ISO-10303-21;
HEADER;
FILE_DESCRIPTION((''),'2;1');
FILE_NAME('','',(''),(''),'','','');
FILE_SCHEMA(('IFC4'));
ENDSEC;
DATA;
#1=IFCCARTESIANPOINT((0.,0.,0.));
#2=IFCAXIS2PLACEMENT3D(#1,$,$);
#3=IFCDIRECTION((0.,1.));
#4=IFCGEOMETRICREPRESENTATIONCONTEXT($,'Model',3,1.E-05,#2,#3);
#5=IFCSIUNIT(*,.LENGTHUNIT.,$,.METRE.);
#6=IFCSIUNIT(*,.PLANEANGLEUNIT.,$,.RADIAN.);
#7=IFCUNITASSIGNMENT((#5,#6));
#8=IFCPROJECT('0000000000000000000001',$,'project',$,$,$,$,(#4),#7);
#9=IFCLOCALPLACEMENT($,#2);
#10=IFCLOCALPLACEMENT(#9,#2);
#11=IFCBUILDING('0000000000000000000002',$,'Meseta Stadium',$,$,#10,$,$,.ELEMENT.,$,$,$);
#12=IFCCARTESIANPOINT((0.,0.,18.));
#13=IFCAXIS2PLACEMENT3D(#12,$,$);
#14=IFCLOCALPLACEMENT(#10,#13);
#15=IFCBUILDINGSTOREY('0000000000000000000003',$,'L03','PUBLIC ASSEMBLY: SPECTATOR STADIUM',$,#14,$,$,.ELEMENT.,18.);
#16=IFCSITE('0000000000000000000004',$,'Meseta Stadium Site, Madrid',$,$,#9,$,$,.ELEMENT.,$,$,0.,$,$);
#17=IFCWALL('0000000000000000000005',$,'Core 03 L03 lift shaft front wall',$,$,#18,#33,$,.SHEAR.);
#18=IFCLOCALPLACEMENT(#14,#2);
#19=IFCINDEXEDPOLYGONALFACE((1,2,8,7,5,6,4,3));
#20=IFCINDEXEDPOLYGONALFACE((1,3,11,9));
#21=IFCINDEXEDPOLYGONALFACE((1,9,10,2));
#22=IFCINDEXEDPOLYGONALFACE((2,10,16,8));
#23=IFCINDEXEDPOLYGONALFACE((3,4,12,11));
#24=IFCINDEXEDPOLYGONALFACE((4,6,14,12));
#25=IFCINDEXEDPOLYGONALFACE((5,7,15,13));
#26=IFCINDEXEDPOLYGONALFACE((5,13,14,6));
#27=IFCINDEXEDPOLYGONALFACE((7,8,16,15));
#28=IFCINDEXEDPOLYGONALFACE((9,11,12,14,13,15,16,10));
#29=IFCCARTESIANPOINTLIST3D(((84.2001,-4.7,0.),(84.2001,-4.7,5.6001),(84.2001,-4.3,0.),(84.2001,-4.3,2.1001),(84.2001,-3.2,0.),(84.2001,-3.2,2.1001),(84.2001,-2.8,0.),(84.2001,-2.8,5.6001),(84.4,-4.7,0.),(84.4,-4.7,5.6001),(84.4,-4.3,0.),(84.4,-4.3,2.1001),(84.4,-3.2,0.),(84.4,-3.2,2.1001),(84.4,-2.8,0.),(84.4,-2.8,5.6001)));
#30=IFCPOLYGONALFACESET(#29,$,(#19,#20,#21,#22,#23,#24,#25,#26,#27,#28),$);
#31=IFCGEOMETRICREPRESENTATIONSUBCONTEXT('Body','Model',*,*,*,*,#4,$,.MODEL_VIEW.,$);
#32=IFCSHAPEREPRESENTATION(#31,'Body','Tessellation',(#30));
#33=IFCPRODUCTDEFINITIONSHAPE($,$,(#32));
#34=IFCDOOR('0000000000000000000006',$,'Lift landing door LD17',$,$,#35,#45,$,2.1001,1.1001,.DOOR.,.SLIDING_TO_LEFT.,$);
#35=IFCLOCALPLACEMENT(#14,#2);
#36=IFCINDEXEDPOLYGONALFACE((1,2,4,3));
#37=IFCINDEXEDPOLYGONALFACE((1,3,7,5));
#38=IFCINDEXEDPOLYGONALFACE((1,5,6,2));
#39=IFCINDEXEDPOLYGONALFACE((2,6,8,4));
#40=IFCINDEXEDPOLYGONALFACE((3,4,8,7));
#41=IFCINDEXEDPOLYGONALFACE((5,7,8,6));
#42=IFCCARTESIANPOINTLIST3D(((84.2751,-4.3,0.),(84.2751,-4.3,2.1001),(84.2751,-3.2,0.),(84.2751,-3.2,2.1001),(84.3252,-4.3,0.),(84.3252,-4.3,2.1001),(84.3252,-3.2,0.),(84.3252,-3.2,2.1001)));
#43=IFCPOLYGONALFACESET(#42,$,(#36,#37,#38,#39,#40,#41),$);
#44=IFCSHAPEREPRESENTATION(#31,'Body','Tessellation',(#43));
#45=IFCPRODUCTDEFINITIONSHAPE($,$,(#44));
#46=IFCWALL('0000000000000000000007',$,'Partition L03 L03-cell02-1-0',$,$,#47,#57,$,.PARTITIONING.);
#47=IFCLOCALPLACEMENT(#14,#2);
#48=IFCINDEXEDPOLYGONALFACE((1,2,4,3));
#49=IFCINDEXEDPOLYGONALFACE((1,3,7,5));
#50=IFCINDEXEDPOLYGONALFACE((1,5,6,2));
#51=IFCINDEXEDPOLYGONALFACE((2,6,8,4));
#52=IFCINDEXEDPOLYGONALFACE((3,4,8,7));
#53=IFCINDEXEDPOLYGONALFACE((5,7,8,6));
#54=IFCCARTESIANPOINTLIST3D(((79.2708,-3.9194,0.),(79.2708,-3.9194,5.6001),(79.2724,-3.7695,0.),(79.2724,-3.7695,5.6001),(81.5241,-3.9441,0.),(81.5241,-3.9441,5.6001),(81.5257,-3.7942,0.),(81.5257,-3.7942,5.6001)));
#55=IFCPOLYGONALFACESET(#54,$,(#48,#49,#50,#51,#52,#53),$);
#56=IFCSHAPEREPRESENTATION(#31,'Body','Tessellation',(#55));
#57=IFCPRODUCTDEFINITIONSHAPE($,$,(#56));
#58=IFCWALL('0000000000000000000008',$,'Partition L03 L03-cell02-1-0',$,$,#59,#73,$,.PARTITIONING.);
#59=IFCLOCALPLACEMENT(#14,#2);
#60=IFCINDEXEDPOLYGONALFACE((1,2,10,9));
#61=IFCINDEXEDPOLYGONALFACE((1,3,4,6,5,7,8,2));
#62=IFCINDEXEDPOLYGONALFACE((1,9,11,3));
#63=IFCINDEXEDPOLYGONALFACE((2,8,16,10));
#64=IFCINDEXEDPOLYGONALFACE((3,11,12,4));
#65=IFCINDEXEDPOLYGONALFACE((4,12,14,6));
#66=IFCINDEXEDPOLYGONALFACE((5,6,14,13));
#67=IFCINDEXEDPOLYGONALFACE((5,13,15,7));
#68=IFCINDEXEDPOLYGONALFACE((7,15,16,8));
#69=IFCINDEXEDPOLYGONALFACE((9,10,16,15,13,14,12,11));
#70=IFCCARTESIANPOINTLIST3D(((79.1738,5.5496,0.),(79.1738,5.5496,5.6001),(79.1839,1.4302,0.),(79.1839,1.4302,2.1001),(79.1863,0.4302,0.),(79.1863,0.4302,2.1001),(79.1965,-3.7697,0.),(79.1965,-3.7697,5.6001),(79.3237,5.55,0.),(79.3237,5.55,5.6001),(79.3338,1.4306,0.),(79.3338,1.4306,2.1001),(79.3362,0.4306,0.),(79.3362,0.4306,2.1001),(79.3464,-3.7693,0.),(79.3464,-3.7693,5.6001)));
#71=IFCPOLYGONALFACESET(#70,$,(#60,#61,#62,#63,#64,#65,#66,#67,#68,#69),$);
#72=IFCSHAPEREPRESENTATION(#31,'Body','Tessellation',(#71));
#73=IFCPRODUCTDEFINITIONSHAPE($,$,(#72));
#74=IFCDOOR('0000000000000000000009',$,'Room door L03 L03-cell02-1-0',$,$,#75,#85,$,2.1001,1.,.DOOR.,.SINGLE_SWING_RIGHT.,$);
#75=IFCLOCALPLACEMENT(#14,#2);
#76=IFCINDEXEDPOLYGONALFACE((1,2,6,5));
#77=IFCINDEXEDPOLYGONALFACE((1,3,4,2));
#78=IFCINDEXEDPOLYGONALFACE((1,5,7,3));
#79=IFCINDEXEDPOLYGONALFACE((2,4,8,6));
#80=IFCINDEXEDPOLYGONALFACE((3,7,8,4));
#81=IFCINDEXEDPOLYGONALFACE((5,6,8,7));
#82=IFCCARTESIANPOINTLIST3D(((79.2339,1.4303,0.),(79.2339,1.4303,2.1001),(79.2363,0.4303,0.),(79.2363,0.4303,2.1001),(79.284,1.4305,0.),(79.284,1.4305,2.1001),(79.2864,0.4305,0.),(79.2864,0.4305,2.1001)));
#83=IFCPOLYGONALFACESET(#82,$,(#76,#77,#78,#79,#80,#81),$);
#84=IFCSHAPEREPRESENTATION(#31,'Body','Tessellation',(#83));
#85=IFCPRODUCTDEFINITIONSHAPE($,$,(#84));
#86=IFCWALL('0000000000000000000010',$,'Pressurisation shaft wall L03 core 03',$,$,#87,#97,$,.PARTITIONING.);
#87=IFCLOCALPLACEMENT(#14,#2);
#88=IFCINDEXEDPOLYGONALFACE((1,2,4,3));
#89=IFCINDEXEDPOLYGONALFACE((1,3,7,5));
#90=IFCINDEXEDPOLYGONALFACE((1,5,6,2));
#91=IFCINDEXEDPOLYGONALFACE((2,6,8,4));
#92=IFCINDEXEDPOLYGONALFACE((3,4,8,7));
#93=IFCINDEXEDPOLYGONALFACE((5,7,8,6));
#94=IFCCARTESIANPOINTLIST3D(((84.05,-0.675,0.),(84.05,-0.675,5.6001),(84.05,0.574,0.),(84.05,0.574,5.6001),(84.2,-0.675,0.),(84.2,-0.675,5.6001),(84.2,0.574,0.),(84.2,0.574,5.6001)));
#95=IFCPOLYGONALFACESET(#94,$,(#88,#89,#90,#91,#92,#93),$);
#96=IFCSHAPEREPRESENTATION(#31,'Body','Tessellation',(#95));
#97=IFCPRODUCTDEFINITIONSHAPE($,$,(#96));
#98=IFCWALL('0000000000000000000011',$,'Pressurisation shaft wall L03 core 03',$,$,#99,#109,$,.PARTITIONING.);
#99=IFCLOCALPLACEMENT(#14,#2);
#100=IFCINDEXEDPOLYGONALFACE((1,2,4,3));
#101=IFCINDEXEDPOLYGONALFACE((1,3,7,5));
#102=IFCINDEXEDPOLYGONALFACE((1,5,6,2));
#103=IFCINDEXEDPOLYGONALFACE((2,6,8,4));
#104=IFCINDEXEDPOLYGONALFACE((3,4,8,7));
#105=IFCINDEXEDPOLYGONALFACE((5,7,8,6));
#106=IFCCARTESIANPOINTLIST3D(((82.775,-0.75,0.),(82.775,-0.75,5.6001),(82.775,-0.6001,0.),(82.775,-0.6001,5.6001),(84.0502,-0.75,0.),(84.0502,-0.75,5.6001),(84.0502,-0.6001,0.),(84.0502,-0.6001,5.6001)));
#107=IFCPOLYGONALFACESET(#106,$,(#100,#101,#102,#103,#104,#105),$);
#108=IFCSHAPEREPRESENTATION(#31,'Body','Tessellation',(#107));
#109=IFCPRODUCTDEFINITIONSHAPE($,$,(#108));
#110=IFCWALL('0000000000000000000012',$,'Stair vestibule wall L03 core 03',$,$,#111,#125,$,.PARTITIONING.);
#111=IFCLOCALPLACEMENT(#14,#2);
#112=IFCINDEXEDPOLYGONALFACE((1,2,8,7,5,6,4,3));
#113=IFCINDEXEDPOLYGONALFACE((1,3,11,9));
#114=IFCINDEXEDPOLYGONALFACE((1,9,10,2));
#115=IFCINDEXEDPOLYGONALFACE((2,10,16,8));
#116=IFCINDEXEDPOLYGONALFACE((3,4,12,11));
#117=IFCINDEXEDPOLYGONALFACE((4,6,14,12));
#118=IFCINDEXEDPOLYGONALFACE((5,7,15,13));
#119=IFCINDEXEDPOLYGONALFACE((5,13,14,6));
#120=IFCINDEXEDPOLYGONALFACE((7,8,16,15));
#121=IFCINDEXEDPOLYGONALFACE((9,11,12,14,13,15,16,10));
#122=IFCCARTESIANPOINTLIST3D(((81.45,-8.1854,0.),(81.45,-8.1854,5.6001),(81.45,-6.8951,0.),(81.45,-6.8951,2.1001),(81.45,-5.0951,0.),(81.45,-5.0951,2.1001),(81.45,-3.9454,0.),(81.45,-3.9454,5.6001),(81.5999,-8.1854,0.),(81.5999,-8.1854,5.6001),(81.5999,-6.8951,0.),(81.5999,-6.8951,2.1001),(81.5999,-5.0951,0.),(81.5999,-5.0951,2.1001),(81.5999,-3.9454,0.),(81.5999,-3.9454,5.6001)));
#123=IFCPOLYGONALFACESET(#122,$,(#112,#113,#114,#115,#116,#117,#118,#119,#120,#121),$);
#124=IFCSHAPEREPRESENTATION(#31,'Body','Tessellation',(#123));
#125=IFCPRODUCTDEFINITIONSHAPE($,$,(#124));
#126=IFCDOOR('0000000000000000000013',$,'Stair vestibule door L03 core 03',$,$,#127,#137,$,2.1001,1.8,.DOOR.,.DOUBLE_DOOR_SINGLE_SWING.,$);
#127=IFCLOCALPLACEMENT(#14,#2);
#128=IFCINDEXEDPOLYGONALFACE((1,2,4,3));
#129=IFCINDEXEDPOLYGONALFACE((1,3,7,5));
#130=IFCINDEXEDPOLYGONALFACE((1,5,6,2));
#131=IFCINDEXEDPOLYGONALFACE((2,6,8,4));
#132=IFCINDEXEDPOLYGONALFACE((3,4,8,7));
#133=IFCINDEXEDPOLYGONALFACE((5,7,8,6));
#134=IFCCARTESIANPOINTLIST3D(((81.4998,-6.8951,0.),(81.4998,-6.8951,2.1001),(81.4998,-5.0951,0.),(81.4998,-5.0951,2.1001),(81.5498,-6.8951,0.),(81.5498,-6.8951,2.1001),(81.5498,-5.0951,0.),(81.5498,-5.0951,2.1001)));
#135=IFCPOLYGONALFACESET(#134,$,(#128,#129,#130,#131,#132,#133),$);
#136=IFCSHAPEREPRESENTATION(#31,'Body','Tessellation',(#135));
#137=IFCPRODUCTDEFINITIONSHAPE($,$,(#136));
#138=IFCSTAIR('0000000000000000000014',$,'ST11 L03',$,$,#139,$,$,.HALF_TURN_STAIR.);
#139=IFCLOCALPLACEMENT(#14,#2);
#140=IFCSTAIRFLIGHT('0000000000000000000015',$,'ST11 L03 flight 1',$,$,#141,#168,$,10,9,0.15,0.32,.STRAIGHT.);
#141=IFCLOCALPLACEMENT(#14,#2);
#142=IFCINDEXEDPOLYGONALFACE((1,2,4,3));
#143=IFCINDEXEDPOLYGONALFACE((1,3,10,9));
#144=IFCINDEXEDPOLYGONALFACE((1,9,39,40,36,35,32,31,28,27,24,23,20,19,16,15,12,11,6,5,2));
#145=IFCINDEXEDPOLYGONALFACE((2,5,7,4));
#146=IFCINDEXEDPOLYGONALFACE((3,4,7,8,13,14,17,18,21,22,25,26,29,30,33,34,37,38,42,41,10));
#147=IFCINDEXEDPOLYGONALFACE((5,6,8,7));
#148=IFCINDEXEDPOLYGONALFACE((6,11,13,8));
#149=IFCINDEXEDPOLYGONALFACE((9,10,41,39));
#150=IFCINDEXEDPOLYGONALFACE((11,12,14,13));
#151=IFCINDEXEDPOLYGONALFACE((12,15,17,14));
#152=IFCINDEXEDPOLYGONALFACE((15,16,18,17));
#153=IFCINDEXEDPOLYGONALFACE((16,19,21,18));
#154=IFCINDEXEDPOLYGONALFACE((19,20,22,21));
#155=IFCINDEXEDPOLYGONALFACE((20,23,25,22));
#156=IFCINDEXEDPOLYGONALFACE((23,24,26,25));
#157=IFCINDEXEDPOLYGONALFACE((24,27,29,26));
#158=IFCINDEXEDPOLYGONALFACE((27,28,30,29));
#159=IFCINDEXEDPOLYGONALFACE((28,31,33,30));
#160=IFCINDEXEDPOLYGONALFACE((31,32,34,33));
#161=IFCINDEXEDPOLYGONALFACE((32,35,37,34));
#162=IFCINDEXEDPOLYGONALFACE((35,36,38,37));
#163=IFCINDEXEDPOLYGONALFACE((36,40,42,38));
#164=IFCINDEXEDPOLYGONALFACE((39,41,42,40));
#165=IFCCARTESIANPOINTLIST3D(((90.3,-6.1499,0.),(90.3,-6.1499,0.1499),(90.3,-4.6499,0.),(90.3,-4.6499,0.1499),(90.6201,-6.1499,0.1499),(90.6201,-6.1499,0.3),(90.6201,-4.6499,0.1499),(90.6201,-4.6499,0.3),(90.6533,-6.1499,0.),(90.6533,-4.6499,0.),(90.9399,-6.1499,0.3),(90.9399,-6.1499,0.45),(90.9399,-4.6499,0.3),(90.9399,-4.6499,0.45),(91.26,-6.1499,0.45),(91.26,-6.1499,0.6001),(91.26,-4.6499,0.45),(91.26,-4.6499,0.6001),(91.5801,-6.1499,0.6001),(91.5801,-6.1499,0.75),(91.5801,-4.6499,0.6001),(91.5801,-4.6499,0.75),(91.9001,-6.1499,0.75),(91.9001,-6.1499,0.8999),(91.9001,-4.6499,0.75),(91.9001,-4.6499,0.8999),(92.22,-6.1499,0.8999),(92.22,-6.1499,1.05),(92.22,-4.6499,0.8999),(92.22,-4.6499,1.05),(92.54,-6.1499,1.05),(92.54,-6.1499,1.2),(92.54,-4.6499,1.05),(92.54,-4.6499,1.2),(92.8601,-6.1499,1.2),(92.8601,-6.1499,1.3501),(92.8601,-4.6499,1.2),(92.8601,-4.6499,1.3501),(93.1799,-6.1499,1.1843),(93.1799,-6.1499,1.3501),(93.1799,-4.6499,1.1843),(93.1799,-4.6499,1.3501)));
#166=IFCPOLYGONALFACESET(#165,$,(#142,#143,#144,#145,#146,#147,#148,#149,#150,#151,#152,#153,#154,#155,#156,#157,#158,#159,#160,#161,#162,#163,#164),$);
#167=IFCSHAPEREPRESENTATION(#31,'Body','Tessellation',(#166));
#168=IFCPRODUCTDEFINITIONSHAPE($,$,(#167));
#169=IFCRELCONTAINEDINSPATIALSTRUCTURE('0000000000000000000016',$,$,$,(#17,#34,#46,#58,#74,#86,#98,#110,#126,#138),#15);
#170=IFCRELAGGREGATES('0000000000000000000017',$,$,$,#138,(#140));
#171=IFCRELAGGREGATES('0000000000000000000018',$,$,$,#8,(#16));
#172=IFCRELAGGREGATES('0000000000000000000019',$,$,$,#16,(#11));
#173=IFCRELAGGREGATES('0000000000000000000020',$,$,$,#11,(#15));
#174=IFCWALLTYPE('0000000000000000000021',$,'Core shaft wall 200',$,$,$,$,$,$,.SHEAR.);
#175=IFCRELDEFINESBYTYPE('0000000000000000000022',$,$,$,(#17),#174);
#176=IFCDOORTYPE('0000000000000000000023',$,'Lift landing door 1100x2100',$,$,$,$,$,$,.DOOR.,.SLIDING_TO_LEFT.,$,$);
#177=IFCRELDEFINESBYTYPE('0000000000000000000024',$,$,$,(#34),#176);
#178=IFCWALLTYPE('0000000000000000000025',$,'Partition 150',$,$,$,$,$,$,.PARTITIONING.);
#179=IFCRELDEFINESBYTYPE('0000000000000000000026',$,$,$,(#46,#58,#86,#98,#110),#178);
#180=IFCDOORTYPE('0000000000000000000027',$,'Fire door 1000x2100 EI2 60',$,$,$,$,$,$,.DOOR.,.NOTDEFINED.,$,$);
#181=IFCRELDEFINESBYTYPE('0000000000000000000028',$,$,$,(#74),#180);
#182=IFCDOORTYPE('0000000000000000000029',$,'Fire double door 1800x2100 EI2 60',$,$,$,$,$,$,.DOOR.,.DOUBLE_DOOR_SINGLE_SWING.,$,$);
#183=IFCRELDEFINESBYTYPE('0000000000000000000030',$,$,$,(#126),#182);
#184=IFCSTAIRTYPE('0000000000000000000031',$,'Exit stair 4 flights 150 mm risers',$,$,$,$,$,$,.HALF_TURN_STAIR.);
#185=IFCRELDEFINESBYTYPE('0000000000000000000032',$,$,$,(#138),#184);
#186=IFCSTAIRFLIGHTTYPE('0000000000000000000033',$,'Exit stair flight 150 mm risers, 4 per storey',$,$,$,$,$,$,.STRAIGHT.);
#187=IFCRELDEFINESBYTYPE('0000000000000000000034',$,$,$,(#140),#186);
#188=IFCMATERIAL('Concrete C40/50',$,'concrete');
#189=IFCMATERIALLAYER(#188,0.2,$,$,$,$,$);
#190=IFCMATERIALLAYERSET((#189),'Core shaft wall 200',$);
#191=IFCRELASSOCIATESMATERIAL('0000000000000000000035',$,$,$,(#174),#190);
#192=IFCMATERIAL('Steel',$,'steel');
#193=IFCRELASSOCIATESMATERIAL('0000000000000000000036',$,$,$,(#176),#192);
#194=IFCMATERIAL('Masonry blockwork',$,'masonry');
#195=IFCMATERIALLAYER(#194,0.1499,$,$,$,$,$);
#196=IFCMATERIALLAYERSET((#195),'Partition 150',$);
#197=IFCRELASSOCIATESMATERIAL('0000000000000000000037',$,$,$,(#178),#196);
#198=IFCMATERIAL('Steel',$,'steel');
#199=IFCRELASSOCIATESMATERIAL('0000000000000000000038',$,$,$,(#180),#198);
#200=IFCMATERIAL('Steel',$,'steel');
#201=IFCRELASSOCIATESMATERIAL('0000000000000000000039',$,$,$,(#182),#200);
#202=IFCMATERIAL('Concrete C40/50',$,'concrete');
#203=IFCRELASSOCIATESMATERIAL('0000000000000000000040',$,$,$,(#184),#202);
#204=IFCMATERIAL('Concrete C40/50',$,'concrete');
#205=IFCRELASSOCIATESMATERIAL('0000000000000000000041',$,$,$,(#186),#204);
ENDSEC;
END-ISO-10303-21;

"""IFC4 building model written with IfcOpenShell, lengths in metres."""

from ifc_helpers import new_model, si_unit, direction, frame, frame_2d, origin, place, context, subcontext, project, spatial, polyline, rectangle, outline, extrude, material, layer, layer_set, type_object, element, fill, aggregate, save


model = new_model("IFC4")

# Units and contexts
model_context = context("Model", 3, precision=1e-05, world=origin(), true_north=direction((0.0, 1.0)))
body_context = subcontext(model_context, "Body", "Model", "MODEL_VIEW")
ifc_project = project(units=[si_unit("LENGTHUNIT", "METRE"), si_unit("PLANEANGLEUNIT", "RADIAN")], contexts=[model_context])

# Site, building, storey
site_placement = place(None, origin())
site = spatial("IfcSite", under=ifc_project, at=site_placement, Name="Meseta Stadium Site, Madrid", CompositionType="ELEMENT", RefElevation=0.0)
building_placement = place(site_placement, origin())
building = spatial("IfcBuilding", under=site, at=building_placement, Name="Meseta Stadium", CompositionType="ELEMENT")
storey_placement = place(building_placement, frame((0.0, 0.0, 18.0)))
storey = spatial("IfcBuildingStorey", under=building, at=storey_placement, Name="L03", Description="PUBLIC ASSEMBLY: SPECTATOR STADIUM", CompositionType="ELEMENT", Elevation=18.0)

# Shared definitions
ifc_material_1 = material(Name="Concrete C40/50", Category="concrete")
ifc_layer_1 = layer(ifc_material_1, 0.2)
ifc_layer_set_1 = layer_set([ifc_layer_1], Name="Core shaft wall 200")
wall_type_1 = type_object("IfcWallType", Name="Core shaft wall 200", PredefinedType="SHEAR", material=ifc_layer_set_1)

# Wall, opening, door
wall_1_placement = place(storey_placement, frame((84.3, -4.7, 0.0), z_axis=(0.0, 0.0, 1.0), x_axis=(0.0, 1.0, 0.0)))
wall_1 = element("IfcWall", 1, at=wall_1_placement, inside=storey, type_object=wall_type_1, Name="Core 03 L03 lift shaft front wall", PredefinedType="SHEAR", context=body_context, shape_type="SweptSolid", body=[
    extrude(rectangle(XDim=1.8999, YDim=0.2, at=frame_2d((0.95, 0.0))), origin(), (0.0, 0.0, 1.0), 5.6001),
])
opening_1_placement = place(wall_1_placement, frame((0.3999, 0.0, 0.0)))
opening_1 = element("IfcOpeningElement", 2, at=opening_1_placement, cuts=wall_1, PredefinedType="OPENING", context=body_context, shape_type="SweptSolid", body=[
    extrude(rectangle(XDim=1.1001, YDim=2.1001, at=frame_2d((0.55, 1.05))), frame((0.0, 0.1099, 0.0), z_axis=(0.0, -1.0, 0.0), x_axis=(1.0, 0.0, 0.0)), (0.0, 0.0, 1.0), 0.22),
])
ifc_material_2 = material(Name="Steel", Category="steel")
door_type_1 = type_object("IfcDoorType", Name="Lift landing door 1100x2100", OperationType="SLIDING_TO_LEFT", PredefinedType="DOOR", material=ifc_material_2)
door_1_placement = place(opening_1_placement, origin())
door_1 = element("IfcDoor", 3, at=door_1_placement, inside=storey, type_object=door_type_1, Name="Lift landing door LD17", OperationType="SLIDING_TO_LEFT", OverallHeight=2.1001, OverallWidth=1.1001, PredefinedType="DOOR", context=body_context, shape_type="SweptSolid", body=[
    extrude(rectangle(XDim=1.1001, YDim=2.1001, at=frame_2d((0.55, 1.05))), frame((0.0, 0.0249, 0.0), z_axis=(0.0, -1.0, 0.0), x_axis=(1.0, 0.0, 0.0)), (0.0, 0.0, 1.0), 0.05),
])
fill(opening_1, door_1)

# Wall
ifc_material_3 = material(Name="Masonry blockwork", Category="masonry")
ifc_layer_2 = layer(ifc_material_3, 0.1499)
ifc_layer_set_2 = layer_set([ifc_layer_2], Name="Partition 150")
wall_type_2 = type_object("IfcWallType", Name="Partition 150", PredefinedType="PARTITIONING", material=ifc_layer_set_2)
wall_2_placement = place(storey_placement, frame((81.5249, -3.8691, 0.0), z_axis=(0.0, 0.0, 1.0), x_axis=(-0.99994, 0.010943, 0.0)))
element("IfcWall", 4, at=wall_2_placement, inside=storey, type_object=wall_type_2, Name="Partition L03 L03-cell02-1-0", PredefinedType="PARTITIONING", context=body_context, shape_type="SweptSolid", body=[
    extrude(rectangle(XDim=2.2534, YDim=0.1499, at=frame_2d((1.1267, 0.0))), origin(), (0.0, 0.0, 1.0), 5.6001),
])

# Wall, opening, door
wall_3_placement = place(storey_placement, frame((79.2715, -3.7695, 0.0), z_axis=(0.0, 0.0, 1.0), x_axis=(-0.002436, 0.999997, 0.0)))
wall_3 = element("IfcWall", 5, at=wall_3_placement, inside=storey, type_object=wall_type_2, Name="Partition L03 L03-cell02-1-0", PredefinedType="PARTITIONING", context=body_context, shape_type="SweptSolid", body=[
    extrude(rectangle(XDim=9.3193, YDim=0.1499, at=frame_2d((4.6597, 0.0))), origin(), (0.0, 0.0, 1.0), 5.6001),
])
opening_2_placement = place(wall_3_placement, frame((4.2, 0.0, 0.0)))
opening_2 = element("IfcOpeningElement", 6, at=opening_2_placement, cuts=wall_3, PredefinedType="OPENING", context=body_context, shape_type="SweptSolid", body=[
    extrude(rectangle(XDim=1.0, YDim=2.1001, at=frame_2d((0.5, 1.05))), frame((0.0, 0.085, 0.0), z_axis=(0.0, -1.0, 0.0), x_axis=(1.0, 0.0, 0.0)), (0.0, 0.0, 1.0), 0.1699),
])
ifc_material_4 = material(Name="Steel", Category="steel")
door_type_2 = type_object("IfcDoorType", Name="Fire door 1000x2100 EI2 60", OperationType="NOTDEFINED", PredefinedType="DOOR", material=ifc_material_4)
door_2_placement = place(opening_2_placement, origin())
door_2 = element("IfcDoor", 7, at=door_2_placement, inside=storey, type_object=door_type_2, Name="Room door L03 L03-cell02-1-0", OperationType="SINGLE_SWING_RIGHT", OverallHeight=2.1001, OverallWidth=1.0, PredefinedType="DOOR", context=body_context, shape_type="SweptSolid", body=[
    extrude(rectangle(XDim=1.0, YDim=2.1001, at=frame_2d((0.5, 1.05))), frame((0.0, 0.0249, 0.0), z_axis=(0.0, -1.0, 0.0), x_axis=(1.0, 0.0, 0.0)), (0.0, 0.0, 1.0), 0.05),
])
fill(opening_2, door_2)

# Walls
wall_4_placement = place(storey_placement, frame((84.125, -0.675, 0.0), z_axis=(0.0, 0.0, 1.0), x_axis=(0.0, 1.0, 0.0)))
element("IfcWall", 8, at=wall_4_placement, inside=storey, type_object=wall_type_2, Name="Pressurisation shaft wall L03 core 03", PredefinedType="PARTITIONING", context=body_context, shape_type="SweptSolid", body=[
    extrude(rectangle(XDim=1.249, YDim=0.1499, at=frame_2d((0.6245, 0.0))), origin(), (0.0, 0.0, 1.0), 5.6001),
])
wall_5_placement = place(storey_placement, frame((82.7749, -0.675, 0.0), z_axis=(0.0, 0.0, 1.0), x_axis=(1.0, 0.0, 0.0)))
element("IfcWall", 9, at=wall_5_placement, inside=storey, type_object=wall_type_2, Name="Pressurisation shaft wall L03 core 03", PredefinedType="PARTITIONING", context=body_context, shape_type="SweptSolid", body=[
    extrude(rectangle(XDim=1.2751, YDim=0.1499, at=frame_2d((0.6377, 0.0))), origin(), (0.0, 0.0, 1.0), 5.6001),
])

# Wall, opening, door
wall_6_placement = place(storey_placement, frame((81.5249, -3.9453, 0.0), z_axis=(0.0, 0.0, 1.0), x_axis=(0.0, -1.0, 0.0)))
wall_6 = element("IfcWall", 10, at=wall_6_placement, inside=storey, type_object=wall_type_2, Name="Stair vestibule wall L03 core 03", PredefinedType="PARTITIONING", context=body_context, shape_type="SweptSolid", body=[
    extrude(rectangle(XDim=4.24, YDim=0.1499, at=frame_2d((2.1201, 0.0))), origin(), (0.0, 0.0, 1.0), 5.6001),
])
opening_3_placement = place(wall_6_placement, frame((1.1499, 0.0, 0.0)))
opening_3 = element("IfcOpeningElement", 11, at=opening_3_placement, cuts=wall_6, PredefinedType="OPENING", context=body_context, shape_type="SweptSolid", body=[
    extrude(rectangle(XDim=1.8, YDim=2.1001, at=frame_2d((0.8999, 1.05))), frame((0.0, 0.085, 0.0), z_axis=(0.0, -1.0, 0.0), x_axis=(1.0, 0.0, 0.0)), (0.0, 0.0, 1.0), 0.1699),
])
ifc_material_5 = material(Name="Steel", Category="steel")
door_type_3 = type_object("IfcDoorType", Name="Fire double door 1800x2100 EI2 60", OperationType="DOUBLE_DOOR_SINGLE_SWING", PredefinedType="DOOR", material=ifc_material_5)
door_3_placement = place(opening_3_placement, origin())
door_3 = element("IfcDoor", 12, at=door_3_placement, inside=storey, type_object=door_type_3, Name="Stair vestibule door L03 core 03", OperationType="DOUBLE_DOOR_SINGLE_SWING", OverallHeight=2.1001, OverallWidth=1.8, PredefinedType="DOOR", context=body_context, shape_type="SweptSolid", body=[
    extrude(rectangle(XDim=1.8, YDim=2.1001, at=frame_2d((0.8999, 1.05))), frame((0.0, 0.0249, 0.0), z_axis=(0.0, -1.0, 0.0), x_axis=(1.0, 0.0, 0.0)), (0.0, 0.0, 1.0), 0.05),
])
fill(opening_3, door_3)

# Stair, stair flight
ifc_material_6 = material(Name="Concrete C40/50", Category="concrete")
stair_type = type_object("IfcStairType", Name="Exit stair 4 flights 150 mm risers", PredefinedType="HALF_TURN_STAIR", material=ifc_material_6)
stair_placement = place(storey_placement, origin())
stair = element("IfcStair", 13, at=stair_placement, inside=storey, type_object=stair_type, Name="ST11 L03", PredefinedType="HALF_TURN_STAIR")
ifc_material_7 = material(Name="Concrete C40/50", Category="concrete")
stair_flight_type = type_object("IfcStairFlightType", Name="Exit stair flight 150 mm risers, 4 per storey", PredefinedType="STRAIGHT", material=ifc_material_7)
stair_flight_1_placement = place(storey_placement, frame((90.3, -5.3999, 0.0), z_axis=(0.0, 0.0, 1.0), x_axis=(1.0, 0.0, 0.0)))
stair_flight_1 = element("IfcStairFlight", 14, at=stair_flight_1_placement, type_object=stair_flight_type, Name="ST11 L03 flight 1", NumberOfRisers=10, NumberOfTreads=9, PredefinedType="STRAIGHT", RiserHeight=0.15, TreadLength=0.32, context=body_context, shape_type="SweptSolid", body=[
    extrude(outline(polyline([(0.0, 0.0), (0.0, 0.1499), (0.3201, 0.1499), (0.3201, 0.3), (0.6399, 0.3), (0.6399, 0.45), (0.96, 0.45), (0.96, 0.6001), (1.28, 0.6001), (1.28, 0.75), (1.6001, 0.75), (1.6001, 0.8999), (1.9199, 0.8999), (1.9199, 1.05), (2.24, 1.05), (2.24, 1.2), (2.5601, 1.2), (2.5601, 1.3501), (2.8799, 1.3501), (2.8799, 1.1843), (0.3533, 0.0), (0.0, 0.0)])), frame((0.0, 0.75, 0.0), z_axis=(0.0, -1.0, 0.0), x_axis=(1.0, 0.0, 0.0)), (0.0, 0.0, 1.0), 1.5),
])
aggregate(stair, [stair_flight_1])

save(model, "model.ifc")
